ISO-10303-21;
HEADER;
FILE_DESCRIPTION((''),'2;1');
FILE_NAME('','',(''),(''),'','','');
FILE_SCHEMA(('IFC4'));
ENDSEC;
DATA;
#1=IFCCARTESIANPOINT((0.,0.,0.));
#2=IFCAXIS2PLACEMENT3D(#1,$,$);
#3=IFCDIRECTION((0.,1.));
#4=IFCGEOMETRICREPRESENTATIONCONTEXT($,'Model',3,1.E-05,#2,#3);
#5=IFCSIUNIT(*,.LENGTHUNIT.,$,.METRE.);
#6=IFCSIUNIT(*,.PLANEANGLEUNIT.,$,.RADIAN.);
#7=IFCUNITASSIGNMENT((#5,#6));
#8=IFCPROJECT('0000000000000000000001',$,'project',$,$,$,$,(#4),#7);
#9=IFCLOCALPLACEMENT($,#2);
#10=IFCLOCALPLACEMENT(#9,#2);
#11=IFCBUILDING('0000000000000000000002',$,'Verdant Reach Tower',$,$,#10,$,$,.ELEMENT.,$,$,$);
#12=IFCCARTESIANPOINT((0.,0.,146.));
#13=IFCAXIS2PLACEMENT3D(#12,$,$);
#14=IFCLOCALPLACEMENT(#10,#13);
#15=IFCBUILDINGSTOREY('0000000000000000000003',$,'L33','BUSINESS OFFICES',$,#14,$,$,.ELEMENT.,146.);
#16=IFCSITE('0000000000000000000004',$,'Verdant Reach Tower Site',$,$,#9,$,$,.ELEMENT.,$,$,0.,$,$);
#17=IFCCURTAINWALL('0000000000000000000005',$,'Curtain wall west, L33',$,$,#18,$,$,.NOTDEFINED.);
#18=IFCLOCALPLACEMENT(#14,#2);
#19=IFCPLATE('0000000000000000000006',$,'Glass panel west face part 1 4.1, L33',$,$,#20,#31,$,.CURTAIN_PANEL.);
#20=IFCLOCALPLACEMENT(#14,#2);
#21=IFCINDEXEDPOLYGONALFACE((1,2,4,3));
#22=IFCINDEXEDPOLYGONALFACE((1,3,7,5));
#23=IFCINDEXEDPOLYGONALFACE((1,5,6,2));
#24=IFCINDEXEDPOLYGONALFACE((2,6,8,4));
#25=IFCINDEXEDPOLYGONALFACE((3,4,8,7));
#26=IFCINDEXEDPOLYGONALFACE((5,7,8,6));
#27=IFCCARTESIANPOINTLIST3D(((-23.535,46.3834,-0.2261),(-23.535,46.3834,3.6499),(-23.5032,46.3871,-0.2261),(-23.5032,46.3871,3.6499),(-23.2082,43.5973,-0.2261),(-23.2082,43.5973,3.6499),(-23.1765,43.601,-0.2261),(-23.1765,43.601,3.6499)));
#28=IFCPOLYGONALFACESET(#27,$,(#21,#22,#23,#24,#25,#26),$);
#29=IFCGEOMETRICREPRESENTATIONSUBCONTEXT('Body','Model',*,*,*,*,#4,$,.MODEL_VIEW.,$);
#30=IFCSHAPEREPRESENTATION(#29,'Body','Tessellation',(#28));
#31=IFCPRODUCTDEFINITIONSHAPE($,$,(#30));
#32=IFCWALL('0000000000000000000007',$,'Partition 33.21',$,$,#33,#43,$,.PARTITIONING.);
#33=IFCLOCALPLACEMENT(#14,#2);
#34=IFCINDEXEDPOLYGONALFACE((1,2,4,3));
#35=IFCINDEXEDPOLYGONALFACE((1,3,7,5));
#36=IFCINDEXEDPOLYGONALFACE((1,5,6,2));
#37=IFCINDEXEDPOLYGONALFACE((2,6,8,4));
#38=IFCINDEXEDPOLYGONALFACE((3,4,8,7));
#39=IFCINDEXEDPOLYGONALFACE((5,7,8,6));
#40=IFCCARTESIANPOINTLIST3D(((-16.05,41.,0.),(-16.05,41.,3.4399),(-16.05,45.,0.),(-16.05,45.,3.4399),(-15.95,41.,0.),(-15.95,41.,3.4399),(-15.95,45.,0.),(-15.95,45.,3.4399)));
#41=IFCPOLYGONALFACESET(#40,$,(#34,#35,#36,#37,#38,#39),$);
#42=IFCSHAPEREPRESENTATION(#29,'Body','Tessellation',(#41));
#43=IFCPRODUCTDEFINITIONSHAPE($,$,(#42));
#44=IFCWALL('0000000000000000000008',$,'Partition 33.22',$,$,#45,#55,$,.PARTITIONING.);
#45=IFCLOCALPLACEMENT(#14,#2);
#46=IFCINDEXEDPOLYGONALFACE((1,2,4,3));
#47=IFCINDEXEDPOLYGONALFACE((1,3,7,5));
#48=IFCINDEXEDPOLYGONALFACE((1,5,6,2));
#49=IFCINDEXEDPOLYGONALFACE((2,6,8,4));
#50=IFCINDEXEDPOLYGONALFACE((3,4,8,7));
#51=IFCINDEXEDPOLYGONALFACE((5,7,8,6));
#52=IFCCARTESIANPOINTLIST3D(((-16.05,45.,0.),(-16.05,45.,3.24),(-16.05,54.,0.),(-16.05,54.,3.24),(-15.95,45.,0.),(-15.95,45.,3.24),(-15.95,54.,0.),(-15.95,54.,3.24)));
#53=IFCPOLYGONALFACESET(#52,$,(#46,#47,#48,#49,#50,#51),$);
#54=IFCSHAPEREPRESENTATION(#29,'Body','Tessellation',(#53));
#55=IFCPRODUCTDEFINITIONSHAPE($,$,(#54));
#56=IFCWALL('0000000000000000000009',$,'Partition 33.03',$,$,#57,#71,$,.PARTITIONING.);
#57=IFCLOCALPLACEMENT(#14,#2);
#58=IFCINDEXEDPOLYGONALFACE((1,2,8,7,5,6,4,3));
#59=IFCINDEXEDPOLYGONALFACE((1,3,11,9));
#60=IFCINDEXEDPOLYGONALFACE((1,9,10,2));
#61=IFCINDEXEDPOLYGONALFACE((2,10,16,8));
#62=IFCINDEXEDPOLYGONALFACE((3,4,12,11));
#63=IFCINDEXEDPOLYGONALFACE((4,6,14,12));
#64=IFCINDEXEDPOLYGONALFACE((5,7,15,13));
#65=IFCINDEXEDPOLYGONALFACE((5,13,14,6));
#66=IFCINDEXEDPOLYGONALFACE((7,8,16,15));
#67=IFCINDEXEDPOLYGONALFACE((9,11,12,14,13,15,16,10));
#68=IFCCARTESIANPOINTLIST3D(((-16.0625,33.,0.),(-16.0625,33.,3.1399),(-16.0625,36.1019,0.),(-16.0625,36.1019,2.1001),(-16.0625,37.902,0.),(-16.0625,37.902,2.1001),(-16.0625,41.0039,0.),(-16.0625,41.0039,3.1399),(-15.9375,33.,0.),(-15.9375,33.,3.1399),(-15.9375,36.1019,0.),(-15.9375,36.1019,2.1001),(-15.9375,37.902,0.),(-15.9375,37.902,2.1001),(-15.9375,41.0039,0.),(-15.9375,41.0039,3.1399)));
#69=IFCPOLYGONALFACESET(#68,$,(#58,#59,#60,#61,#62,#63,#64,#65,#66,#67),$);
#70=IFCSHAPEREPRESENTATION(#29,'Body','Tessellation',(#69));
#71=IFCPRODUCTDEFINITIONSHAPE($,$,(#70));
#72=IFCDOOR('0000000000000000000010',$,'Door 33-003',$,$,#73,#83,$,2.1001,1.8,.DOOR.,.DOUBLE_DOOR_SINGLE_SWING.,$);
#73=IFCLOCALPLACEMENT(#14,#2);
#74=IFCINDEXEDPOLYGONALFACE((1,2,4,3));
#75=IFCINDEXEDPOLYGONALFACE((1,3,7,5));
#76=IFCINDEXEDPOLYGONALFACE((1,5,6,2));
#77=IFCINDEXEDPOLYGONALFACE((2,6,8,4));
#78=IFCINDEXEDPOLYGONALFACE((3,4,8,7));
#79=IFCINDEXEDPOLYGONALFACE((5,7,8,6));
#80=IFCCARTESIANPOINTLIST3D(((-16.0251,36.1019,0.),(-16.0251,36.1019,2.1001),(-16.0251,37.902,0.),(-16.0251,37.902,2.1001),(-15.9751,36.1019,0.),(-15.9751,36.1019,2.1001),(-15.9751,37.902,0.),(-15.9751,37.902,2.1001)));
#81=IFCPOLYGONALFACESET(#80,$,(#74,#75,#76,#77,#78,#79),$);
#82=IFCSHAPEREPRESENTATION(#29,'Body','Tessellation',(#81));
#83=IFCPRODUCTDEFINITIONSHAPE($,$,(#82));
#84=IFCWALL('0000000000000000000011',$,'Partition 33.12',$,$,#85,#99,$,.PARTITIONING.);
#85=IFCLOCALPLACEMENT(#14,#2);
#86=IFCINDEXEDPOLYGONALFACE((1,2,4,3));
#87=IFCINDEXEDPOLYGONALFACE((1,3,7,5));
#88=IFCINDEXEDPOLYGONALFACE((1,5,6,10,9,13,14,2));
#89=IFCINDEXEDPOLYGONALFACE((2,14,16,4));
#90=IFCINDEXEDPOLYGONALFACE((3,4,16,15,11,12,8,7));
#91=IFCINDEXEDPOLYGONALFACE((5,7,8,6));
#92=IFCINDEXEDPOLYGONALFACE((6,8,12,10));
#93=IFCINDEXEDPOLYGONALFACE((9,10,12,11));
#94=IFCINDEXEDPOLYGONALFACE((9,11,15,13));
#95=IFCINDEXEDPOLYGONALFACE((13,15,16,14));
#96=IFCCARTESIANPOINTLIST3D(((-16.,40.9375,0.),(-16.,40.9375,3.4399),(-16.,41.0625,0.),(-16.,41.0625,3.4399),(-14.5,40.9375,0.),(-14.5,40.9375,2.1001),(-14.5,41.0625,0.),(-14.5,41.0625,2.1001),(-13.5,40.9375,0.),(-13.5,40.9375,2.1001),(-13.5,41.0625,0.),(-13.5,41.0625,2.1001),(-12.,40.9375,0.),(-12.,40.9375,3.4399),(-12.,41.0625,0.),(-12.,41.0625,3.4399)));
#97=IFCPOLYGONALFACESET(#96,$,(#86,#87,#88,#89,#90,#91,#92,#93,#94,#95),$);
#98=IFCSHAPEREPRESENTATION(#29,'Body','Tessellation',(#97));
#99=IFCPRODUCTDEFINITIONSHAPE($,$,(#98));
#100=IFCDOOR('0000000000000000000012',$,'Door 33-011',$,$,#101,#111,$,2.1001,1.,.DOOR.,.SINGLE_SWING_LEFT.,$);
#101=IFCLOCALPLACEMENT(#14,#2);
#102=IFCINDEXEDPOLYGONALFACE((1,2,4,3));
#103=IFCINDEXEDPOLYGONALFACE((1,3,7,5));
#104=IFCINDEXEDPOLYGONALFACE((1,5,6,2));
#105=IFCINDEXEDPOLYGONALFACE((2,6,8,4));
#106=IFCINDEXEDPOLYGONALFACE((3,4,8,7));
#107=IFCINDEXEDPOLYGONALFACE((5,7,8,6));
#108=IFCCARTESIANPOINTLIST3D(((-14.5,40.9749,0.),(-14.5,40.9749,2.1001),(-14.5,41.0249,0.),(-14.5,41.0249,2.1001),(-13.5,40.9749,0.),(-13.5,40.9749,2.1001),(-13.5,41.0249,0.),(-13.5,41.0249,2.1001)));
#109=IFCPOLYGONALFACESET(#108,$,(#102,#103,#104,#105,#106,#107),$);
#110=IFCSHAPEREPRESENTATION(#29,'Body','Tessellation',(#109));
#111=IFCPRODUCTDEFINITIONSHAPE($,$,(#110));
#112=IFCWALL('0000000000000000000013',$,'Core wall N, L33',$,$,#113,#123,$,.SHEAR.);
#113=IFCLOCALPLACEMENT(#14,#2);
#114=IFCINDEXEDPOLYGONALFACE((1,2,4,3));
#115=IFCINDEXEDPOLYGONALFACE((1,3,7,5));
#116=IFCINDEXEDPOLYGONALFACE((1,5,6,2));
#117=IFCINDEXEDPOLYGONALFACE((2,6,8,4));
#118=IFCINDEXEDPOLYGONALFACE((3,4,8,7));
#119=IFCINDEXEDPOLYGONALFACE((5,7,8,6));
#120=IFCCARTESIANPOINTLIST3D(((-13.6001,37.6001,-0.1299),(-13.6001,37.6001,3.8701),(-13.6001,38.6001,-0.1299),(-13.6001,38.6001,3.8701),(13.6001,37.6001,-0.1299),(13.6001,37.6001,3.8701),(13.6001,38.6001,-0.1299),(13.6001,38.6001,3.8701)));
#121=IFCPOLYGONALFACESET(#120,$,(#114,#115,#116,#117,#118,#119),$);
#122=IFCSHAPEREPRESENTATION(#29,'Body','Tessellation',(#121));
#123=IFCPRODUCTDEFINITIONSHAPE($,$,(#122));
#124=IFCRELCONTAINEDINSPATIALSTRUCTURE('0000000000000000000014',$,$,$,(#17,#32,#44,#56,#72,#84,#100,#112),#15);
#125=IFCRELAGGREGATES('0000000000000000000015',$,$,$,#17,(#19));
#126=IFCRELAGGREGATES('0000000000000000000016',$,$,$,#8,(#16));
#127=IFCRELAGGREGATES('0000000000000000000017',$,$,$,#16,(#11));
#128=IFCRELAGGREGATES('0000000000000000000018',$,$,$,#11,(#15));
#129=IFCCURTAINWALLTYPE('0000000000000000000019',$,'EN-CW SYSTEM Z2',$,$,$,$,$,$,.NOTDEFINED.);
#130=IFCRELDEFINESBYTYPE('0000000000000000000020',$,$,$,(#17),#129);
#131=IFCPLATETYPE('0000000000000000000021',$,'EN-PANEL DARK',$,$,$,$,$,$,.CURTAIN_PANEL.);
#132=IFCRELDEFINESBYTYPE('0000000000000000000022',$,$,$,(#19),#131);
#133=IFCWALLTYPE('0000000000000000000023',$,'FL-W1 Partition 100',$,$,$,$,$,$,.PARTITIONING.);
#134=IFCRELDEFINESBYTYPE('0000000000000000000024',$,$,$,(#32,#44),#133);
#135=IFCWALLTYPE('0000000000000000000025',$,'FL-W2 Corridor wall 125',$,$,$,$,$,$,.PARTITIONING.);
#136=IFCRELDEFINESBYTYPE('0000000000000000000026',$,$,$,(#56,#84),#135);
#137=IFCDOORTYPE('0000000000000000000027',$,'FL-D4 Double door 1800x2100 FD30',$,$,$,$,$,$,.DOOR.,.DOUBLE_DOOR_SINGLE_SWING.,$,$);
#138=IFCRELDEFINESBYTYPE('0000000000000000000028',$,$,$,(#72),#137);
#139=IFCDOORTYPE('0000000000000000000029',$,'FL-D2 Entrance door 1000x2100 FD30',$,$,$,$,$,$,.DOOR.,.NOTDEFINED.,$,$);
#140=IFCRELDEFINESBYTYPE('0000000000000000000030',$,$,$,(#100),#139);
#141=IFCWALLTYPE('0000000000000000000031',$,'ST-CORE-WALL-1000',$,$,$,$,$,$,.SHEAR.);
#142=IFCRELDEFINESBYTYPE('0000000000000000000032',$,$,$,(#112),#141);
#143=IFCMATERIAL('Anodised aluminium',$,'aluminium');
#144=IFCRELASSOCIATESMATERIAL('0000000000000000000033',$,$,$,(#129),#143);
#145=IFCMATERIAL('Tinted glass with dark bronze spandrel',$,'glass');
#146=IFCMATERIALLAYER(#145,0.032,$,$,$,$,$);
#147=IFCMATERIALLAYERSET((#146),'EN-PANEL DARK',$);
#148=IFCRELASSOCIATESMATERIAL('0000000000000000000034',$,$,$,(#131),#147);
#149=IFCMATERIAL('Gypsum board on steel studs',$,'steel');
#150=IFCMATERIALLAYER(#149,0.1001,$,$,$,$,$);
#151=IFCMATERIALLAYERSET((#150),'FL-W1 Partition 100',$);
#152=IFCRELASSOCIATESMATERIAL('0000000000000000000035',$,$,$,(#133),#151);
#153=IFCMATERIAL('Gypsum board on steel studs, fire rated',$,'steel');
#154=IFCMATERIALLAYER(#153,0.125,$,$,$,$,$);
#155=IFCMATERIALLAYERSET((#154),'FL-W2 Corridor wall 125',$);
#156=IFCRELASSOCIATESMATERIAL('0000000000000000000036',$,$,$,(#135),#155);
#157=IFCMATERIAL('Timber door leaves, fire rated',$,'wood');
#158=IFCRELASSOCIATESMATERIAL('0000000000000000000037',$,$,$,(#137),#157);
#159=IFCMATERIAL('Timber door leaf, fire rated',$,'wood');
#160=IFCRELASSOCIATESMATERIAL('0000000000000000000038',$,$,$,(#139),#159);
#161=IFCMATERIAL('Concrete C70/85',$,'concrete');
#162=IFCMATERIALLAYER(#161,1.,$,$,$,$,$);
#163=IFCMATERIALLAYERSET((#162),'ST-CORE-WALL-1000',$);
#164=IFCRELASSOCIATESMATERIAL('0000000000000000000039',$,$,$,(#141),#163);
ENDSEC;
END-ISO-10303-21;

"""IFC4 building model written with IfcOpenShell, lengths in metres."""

from ifc_helpers import new_model, si_unit, direction, frame, frame_2d, origin, origin_2d, place, context, subcontext, project, spatial, rectangle, extrude, material, layer, layer_set, type_object, element, fill, aggregate, save


model = new_model("IFC4")

# Units and contexts
model_context = context("Model", 3, precision=1e-05, world=origin(), true_north=direction((0.0, 1.0)))
body_context = subcontext(model_context, "Body", "Model", "MODEL_VIEW")
ifc_project = project(units=[si_unit("LENGTHUNIT", "METRE"), si_unit("PLANEANGLEUNIT", "RADIAN")], contexts=[model_context])

# Site, building, storey
site_placement = place(None, origin())
site = spatial("IfcSite", under=ifc_project, at=site_placement, Name="Verdant Reach Tower Site", CompositionType="ELEMENT", RefElevation=0.0)
building_placement = place(site_placement, origin())
building = spatial("IfcBuilding", under=site, at=building_placement, Name="Verdant Reach Tower", CompositionType="ELEMENT")
storey_placement = place(building_placement, frame((0.0, 0.0, 146.0)))
storey = spatial("IfcBuildingStorey", under=building, at=storey_placement, Name="L33", Description="BUSINESS OFFICES", CompositionType="ELEMENT", Elevation=146.0)

# Curtain wall
ifc_material_1 = material(Name="Anodised aluminium", Category="aluminium")
curtain_wall_type = type_object("IfcCurtainWallType", Name="EN-CW SYSTEM Z2", PredefinedType="NOTDEFINED", material=ifc_material_1)
curtain_wall_placement = place(storey_placement, origin())
curtain_wall = element("IfcCurtainWall", 1, at=curtain_wall_placement, inside=storey, type_object=curtain_wall_type, Name="Curtain wall west, L33", PredefinedType="NOTDEFINED")

# Plate
ifc_material_2 = material(Name="Tinted glass with dark bronze spandrel", Category="glass")
ifc_layer_1 = layer(ifc_material_2, 0.032)
ifc_layer_set_1 = layer_set([ifc_layer_1], Name="EN-PANEL DARK")
plate_type_1 = type_object("IfcPlateType", Name="EN-PANEL DARK", PredefinedType="CURTAIN_PANEL", material=ifc_layer_set_1)
plate_1_placement = place(storey_placement, frame((-23.3557, 44.9922, -0.2261), z_axis=(0.0, 0.0, 1.0), x_axis=(0.116483, -0.993193, 0.0)))
plate_1 = element("IfcPlate", 2, at=plate_1_placement, type_object=plate_type_1, Name="Glass panel west face part 1 4.1, L33", PredefinedType="CURTAIN_PANEL", context=body_context, shape_type="SweptSolid", body=[
    extrude(rectangle(XDim=2.8052, YDim=0.032, at=origin_2d()), origin(), (0.0, 0.0, 1.0), 3.876),
])
aggregate(curtain_wall, [plate_1])

# Walls
ifc_material_3 = material(Name="Gypsum board on steel studs", Category="steel")
ifc_layer_2 = layer(ifc_material_3, 0.1001)
ifc_layer_set_2 = layer_set([ifc_layer_2], Name="FL-W1 Partition 100")
wall_type_1 = type_object("IfcWallType", Name="FL-W1 Partition 100", PredefinedType="PARTITIONING", material=ifc_layer_set_2)
wall_1_placement = place(storey_placement, frame((-16.0, 41.0, 0.0), z_axis=(0.0, 0.0, 1.0), x_axis=(0.0, 1.0, 0.0)))
element("IfcWall", 3, at=wall_1_placement, inside=storey, type_object=wall_type_1, Name="Partition 33.21", PredefinedType="PARTITIONING", context=body_context, shape_type="SweptSolid", body=[
    extrude(rectangle(XDim=4.0, YDim=0.1001, at=frame_2d((2.0, 0.0))), origin(), (0.0, 0.0, 1.0), 3.4399),
])
wall_2_placement = place(storey_placement, frame((-16.0, 45.0, 0.0), z_axis=(0.0, 0.0, 1.0), x_axis=(0.0, 1.0, 0.0)))
element("IfcWall", 4, at=wall_2_placement, inside=storey, type_object=wall_type_1, Name="Partition 33.22", PredefinedType="PARTITIONING", context=body_context, shape_type="SweptSolid", body=[
    extrude(rectangle(XDim=9.0, YDim=0.1001, at=frame_2d((4.5, 0.0))), origin(), (0.0, 0.0, 1.0), 3.24),
])

# Walls, openings, doors
ifc_material_4 = material(Name="Gypsum board on steel studs, fire rated", Category="steel")
ifc_layer_3 = layer(ifc_material_4, 0.125)
ifc_layer_set_3 = layer_set([ifc_layer_3], Name="FL-W2 Corridor wall 125")
wall_type_2 = type_object("IfcWallType", Name="FL-W2 Corridor wall 125", PredefinedType="PARTITIONING", material=ifc_layer_set_3)
wall_3_placement = place(storey_placement, frame((-16.0, 41.0039, 0.0), z_axis=(0.0, 0.0, 1.0), x_axis=(0.0, -1.0, 0.0)))
wall_3 = element("IfcWall", 5, at=wall_3_placement, inside=storey, type_object=wall_type_2, Name="Partition 33.03", PredefinedType="PARTITIONING", context=body_context, shape_type="SweptSolid", body=[
    extrude(rectangle(XDim=8.0039, YDim=0.125, at=frame_2d((4.002, 0.0))), origin(), (0.0, 0.0, 1.0), 3.1399),
])
opening_1_placement = place(wall_3_placement, frame((3.1021, 0.0, 0.0)))
opening_1 = element("IfcOpeningElement", 6, at=opening_1_placement, cuts=wall_3, PredefinedType="OPENING", context=body_context, shape_type="SweptSolid", body=[
    extrude(rectangle(XDim=1.8, YDim=2.1001, at=frame_2d((0.8999, 1.05))), frame((0.0, 0.0725, 0.0), z_axis=(0.0, -1.0, 0.0), x_axis=(1.0, 0.0, 0.0)), (0.0, 0.0, 1.0), 0.145),
])
ifc_material_5 = material(Name="Timber door leaves, fire rated", Category="wood")
door_type_1 = type_object("IfcDoorType", Name="FL-D4 Double door 1800x2100 FD30", OperationType="DOUBLE_DOOR_SINGLE_SWING", PredefinedType="DOOR", material=ifc_material_5)
door_1_placement = place(opening_1_placement, origin())
door_1 = element("IfcDoor", 7, at=door_1_placement, inside=storey, type_object=door_type_1, Name="Door 33-003", OperationType="DOUBLE_DOOR_SINGLE_SWING", OverallHeight=2.1001, OverallWidth=1.8, PredefinedType="DOOR", context=body_context, shape_type="SweptSolid", body=[
    extrude(rectangle(XDim=1.8, YDim=2.1001, at=frame_2d((0.8999, 1.05))), frame((0.0, 0.0249, 0.0), z_axis=(0.0, -1.0, 0.0), x_axis=(1.0, 0.0, 0.0)), (0.0, 0.0, 1.0), 0.05),
])
fill(opening_1, door_1)
wall_4_placement = place(storey_placement, frame((-16.0, 41.0, 0.0), z_axis=(0.0, 0.0, 1.0), x_axis=(1.0, 0.0, 0.0)))
wall_4 = element("IfcWall", 8, at=wall_4_placement, inside=storey, type_object=wall_type_2, Name="Partition 33.12", PredefinedType="PARTITIONING", context=body_context, shape_type="SweptSolid", body=[
    extrude(rectangle(XDim=4.0, YDim=0.125, at=frame_2d((2.0, 0.0))), origin(), (0.0, 0.0, 1.0), 3.4399),
])
opening_2_placement = place(wall_4_placement, frame((1.5, 0.0, 0.0)))
opening_2 = element("IfcOpeningElement", 9, at=opening_2_placement, cuts=wall_4, PredefinedType="OPENING", context=body_context, shape_type="SweptSolid", body=[
    extrude(rectangle(XDim=1.0, YDim=2.1001, at=frame_2d((0.5, 1.05))), frame((0.0, 0.0725, 0.0), z_axis=(0.0, -1.0, 0.0), x_axis=(1.0, 0.0, 0.0)), (0.0, 0.0, 1.0), 0.145),
])
ifc_material_6 = material(Name="Timber door leaf, fire rated", Category="wood")
door_type_2 = type_object("IfcDoorType", Name="FL-D2 Entrance door 1000x2100 FD30", OperationType="NOTDEFINED", PredefinedType="DOOR", material=ifc_material_6)
door_2_placement = place(opening_2_placement, origin())
door_2 = element("IfcDoor", 10, at=door_2_placement, inside=storey, type_object=door_type_2, Name="Door 33-011", OperationType="SINGLE_SWING_LEFT", OverallHeight=2.1001, OverallWidth=1.0, PredefinedType="DOOR", context=body_context, shape_type="SweptSolid", body=[
    extrude(rectangle(XDim=1.0, YDim=2.1001, at=frame_2d((0.5, 1.05))), frame((0.0, 0.0249, 0.0), z_axis=(0.0, -1.0, 0.0), x_axis=(1.0, 0.0, 0.0)), (0.0, 0.0, 1.0), 0.05),
])
fill(opening_2, door_2)

# Wall
ifc_material_7 = material(Name="Concrete C70/85", Category="concrete")
ifc_layer_4 = layer(ifc_material_7, 1.0)
ifc_layer_set_4 = layer_set([ifc_layer_4], Name="ST-CORE-WALL-1000")
wall_type_3 = type_object("IfcWallType", Name="ST-CORE-WALL-1000", PredefinedType="SHEAR", material=ifc_layer_set_4)
wall_5_placement = place(storey_placement, frame((-13.6001, 38.1001, -0.1299), z_axis=(0.0, 0.0, 1.0), x_axis=(1.0, 0.0, 0.0)))
element("IfcWall", 11, at=wall_5_placement, inside=storey, type_object=wall_type_3, Name="Core wall N, L33", PredefinedType="SHEAR", context=body_context, shape_type="SweptSolid", body=[
    extrude(rectangle(XDim=27.2002, YDim=1.0, at=frame_2d((13.6001, 0.0))), origin(), (0.0, 0.0, 1.0), 4.0),
])

save(model, "model.ifc")
